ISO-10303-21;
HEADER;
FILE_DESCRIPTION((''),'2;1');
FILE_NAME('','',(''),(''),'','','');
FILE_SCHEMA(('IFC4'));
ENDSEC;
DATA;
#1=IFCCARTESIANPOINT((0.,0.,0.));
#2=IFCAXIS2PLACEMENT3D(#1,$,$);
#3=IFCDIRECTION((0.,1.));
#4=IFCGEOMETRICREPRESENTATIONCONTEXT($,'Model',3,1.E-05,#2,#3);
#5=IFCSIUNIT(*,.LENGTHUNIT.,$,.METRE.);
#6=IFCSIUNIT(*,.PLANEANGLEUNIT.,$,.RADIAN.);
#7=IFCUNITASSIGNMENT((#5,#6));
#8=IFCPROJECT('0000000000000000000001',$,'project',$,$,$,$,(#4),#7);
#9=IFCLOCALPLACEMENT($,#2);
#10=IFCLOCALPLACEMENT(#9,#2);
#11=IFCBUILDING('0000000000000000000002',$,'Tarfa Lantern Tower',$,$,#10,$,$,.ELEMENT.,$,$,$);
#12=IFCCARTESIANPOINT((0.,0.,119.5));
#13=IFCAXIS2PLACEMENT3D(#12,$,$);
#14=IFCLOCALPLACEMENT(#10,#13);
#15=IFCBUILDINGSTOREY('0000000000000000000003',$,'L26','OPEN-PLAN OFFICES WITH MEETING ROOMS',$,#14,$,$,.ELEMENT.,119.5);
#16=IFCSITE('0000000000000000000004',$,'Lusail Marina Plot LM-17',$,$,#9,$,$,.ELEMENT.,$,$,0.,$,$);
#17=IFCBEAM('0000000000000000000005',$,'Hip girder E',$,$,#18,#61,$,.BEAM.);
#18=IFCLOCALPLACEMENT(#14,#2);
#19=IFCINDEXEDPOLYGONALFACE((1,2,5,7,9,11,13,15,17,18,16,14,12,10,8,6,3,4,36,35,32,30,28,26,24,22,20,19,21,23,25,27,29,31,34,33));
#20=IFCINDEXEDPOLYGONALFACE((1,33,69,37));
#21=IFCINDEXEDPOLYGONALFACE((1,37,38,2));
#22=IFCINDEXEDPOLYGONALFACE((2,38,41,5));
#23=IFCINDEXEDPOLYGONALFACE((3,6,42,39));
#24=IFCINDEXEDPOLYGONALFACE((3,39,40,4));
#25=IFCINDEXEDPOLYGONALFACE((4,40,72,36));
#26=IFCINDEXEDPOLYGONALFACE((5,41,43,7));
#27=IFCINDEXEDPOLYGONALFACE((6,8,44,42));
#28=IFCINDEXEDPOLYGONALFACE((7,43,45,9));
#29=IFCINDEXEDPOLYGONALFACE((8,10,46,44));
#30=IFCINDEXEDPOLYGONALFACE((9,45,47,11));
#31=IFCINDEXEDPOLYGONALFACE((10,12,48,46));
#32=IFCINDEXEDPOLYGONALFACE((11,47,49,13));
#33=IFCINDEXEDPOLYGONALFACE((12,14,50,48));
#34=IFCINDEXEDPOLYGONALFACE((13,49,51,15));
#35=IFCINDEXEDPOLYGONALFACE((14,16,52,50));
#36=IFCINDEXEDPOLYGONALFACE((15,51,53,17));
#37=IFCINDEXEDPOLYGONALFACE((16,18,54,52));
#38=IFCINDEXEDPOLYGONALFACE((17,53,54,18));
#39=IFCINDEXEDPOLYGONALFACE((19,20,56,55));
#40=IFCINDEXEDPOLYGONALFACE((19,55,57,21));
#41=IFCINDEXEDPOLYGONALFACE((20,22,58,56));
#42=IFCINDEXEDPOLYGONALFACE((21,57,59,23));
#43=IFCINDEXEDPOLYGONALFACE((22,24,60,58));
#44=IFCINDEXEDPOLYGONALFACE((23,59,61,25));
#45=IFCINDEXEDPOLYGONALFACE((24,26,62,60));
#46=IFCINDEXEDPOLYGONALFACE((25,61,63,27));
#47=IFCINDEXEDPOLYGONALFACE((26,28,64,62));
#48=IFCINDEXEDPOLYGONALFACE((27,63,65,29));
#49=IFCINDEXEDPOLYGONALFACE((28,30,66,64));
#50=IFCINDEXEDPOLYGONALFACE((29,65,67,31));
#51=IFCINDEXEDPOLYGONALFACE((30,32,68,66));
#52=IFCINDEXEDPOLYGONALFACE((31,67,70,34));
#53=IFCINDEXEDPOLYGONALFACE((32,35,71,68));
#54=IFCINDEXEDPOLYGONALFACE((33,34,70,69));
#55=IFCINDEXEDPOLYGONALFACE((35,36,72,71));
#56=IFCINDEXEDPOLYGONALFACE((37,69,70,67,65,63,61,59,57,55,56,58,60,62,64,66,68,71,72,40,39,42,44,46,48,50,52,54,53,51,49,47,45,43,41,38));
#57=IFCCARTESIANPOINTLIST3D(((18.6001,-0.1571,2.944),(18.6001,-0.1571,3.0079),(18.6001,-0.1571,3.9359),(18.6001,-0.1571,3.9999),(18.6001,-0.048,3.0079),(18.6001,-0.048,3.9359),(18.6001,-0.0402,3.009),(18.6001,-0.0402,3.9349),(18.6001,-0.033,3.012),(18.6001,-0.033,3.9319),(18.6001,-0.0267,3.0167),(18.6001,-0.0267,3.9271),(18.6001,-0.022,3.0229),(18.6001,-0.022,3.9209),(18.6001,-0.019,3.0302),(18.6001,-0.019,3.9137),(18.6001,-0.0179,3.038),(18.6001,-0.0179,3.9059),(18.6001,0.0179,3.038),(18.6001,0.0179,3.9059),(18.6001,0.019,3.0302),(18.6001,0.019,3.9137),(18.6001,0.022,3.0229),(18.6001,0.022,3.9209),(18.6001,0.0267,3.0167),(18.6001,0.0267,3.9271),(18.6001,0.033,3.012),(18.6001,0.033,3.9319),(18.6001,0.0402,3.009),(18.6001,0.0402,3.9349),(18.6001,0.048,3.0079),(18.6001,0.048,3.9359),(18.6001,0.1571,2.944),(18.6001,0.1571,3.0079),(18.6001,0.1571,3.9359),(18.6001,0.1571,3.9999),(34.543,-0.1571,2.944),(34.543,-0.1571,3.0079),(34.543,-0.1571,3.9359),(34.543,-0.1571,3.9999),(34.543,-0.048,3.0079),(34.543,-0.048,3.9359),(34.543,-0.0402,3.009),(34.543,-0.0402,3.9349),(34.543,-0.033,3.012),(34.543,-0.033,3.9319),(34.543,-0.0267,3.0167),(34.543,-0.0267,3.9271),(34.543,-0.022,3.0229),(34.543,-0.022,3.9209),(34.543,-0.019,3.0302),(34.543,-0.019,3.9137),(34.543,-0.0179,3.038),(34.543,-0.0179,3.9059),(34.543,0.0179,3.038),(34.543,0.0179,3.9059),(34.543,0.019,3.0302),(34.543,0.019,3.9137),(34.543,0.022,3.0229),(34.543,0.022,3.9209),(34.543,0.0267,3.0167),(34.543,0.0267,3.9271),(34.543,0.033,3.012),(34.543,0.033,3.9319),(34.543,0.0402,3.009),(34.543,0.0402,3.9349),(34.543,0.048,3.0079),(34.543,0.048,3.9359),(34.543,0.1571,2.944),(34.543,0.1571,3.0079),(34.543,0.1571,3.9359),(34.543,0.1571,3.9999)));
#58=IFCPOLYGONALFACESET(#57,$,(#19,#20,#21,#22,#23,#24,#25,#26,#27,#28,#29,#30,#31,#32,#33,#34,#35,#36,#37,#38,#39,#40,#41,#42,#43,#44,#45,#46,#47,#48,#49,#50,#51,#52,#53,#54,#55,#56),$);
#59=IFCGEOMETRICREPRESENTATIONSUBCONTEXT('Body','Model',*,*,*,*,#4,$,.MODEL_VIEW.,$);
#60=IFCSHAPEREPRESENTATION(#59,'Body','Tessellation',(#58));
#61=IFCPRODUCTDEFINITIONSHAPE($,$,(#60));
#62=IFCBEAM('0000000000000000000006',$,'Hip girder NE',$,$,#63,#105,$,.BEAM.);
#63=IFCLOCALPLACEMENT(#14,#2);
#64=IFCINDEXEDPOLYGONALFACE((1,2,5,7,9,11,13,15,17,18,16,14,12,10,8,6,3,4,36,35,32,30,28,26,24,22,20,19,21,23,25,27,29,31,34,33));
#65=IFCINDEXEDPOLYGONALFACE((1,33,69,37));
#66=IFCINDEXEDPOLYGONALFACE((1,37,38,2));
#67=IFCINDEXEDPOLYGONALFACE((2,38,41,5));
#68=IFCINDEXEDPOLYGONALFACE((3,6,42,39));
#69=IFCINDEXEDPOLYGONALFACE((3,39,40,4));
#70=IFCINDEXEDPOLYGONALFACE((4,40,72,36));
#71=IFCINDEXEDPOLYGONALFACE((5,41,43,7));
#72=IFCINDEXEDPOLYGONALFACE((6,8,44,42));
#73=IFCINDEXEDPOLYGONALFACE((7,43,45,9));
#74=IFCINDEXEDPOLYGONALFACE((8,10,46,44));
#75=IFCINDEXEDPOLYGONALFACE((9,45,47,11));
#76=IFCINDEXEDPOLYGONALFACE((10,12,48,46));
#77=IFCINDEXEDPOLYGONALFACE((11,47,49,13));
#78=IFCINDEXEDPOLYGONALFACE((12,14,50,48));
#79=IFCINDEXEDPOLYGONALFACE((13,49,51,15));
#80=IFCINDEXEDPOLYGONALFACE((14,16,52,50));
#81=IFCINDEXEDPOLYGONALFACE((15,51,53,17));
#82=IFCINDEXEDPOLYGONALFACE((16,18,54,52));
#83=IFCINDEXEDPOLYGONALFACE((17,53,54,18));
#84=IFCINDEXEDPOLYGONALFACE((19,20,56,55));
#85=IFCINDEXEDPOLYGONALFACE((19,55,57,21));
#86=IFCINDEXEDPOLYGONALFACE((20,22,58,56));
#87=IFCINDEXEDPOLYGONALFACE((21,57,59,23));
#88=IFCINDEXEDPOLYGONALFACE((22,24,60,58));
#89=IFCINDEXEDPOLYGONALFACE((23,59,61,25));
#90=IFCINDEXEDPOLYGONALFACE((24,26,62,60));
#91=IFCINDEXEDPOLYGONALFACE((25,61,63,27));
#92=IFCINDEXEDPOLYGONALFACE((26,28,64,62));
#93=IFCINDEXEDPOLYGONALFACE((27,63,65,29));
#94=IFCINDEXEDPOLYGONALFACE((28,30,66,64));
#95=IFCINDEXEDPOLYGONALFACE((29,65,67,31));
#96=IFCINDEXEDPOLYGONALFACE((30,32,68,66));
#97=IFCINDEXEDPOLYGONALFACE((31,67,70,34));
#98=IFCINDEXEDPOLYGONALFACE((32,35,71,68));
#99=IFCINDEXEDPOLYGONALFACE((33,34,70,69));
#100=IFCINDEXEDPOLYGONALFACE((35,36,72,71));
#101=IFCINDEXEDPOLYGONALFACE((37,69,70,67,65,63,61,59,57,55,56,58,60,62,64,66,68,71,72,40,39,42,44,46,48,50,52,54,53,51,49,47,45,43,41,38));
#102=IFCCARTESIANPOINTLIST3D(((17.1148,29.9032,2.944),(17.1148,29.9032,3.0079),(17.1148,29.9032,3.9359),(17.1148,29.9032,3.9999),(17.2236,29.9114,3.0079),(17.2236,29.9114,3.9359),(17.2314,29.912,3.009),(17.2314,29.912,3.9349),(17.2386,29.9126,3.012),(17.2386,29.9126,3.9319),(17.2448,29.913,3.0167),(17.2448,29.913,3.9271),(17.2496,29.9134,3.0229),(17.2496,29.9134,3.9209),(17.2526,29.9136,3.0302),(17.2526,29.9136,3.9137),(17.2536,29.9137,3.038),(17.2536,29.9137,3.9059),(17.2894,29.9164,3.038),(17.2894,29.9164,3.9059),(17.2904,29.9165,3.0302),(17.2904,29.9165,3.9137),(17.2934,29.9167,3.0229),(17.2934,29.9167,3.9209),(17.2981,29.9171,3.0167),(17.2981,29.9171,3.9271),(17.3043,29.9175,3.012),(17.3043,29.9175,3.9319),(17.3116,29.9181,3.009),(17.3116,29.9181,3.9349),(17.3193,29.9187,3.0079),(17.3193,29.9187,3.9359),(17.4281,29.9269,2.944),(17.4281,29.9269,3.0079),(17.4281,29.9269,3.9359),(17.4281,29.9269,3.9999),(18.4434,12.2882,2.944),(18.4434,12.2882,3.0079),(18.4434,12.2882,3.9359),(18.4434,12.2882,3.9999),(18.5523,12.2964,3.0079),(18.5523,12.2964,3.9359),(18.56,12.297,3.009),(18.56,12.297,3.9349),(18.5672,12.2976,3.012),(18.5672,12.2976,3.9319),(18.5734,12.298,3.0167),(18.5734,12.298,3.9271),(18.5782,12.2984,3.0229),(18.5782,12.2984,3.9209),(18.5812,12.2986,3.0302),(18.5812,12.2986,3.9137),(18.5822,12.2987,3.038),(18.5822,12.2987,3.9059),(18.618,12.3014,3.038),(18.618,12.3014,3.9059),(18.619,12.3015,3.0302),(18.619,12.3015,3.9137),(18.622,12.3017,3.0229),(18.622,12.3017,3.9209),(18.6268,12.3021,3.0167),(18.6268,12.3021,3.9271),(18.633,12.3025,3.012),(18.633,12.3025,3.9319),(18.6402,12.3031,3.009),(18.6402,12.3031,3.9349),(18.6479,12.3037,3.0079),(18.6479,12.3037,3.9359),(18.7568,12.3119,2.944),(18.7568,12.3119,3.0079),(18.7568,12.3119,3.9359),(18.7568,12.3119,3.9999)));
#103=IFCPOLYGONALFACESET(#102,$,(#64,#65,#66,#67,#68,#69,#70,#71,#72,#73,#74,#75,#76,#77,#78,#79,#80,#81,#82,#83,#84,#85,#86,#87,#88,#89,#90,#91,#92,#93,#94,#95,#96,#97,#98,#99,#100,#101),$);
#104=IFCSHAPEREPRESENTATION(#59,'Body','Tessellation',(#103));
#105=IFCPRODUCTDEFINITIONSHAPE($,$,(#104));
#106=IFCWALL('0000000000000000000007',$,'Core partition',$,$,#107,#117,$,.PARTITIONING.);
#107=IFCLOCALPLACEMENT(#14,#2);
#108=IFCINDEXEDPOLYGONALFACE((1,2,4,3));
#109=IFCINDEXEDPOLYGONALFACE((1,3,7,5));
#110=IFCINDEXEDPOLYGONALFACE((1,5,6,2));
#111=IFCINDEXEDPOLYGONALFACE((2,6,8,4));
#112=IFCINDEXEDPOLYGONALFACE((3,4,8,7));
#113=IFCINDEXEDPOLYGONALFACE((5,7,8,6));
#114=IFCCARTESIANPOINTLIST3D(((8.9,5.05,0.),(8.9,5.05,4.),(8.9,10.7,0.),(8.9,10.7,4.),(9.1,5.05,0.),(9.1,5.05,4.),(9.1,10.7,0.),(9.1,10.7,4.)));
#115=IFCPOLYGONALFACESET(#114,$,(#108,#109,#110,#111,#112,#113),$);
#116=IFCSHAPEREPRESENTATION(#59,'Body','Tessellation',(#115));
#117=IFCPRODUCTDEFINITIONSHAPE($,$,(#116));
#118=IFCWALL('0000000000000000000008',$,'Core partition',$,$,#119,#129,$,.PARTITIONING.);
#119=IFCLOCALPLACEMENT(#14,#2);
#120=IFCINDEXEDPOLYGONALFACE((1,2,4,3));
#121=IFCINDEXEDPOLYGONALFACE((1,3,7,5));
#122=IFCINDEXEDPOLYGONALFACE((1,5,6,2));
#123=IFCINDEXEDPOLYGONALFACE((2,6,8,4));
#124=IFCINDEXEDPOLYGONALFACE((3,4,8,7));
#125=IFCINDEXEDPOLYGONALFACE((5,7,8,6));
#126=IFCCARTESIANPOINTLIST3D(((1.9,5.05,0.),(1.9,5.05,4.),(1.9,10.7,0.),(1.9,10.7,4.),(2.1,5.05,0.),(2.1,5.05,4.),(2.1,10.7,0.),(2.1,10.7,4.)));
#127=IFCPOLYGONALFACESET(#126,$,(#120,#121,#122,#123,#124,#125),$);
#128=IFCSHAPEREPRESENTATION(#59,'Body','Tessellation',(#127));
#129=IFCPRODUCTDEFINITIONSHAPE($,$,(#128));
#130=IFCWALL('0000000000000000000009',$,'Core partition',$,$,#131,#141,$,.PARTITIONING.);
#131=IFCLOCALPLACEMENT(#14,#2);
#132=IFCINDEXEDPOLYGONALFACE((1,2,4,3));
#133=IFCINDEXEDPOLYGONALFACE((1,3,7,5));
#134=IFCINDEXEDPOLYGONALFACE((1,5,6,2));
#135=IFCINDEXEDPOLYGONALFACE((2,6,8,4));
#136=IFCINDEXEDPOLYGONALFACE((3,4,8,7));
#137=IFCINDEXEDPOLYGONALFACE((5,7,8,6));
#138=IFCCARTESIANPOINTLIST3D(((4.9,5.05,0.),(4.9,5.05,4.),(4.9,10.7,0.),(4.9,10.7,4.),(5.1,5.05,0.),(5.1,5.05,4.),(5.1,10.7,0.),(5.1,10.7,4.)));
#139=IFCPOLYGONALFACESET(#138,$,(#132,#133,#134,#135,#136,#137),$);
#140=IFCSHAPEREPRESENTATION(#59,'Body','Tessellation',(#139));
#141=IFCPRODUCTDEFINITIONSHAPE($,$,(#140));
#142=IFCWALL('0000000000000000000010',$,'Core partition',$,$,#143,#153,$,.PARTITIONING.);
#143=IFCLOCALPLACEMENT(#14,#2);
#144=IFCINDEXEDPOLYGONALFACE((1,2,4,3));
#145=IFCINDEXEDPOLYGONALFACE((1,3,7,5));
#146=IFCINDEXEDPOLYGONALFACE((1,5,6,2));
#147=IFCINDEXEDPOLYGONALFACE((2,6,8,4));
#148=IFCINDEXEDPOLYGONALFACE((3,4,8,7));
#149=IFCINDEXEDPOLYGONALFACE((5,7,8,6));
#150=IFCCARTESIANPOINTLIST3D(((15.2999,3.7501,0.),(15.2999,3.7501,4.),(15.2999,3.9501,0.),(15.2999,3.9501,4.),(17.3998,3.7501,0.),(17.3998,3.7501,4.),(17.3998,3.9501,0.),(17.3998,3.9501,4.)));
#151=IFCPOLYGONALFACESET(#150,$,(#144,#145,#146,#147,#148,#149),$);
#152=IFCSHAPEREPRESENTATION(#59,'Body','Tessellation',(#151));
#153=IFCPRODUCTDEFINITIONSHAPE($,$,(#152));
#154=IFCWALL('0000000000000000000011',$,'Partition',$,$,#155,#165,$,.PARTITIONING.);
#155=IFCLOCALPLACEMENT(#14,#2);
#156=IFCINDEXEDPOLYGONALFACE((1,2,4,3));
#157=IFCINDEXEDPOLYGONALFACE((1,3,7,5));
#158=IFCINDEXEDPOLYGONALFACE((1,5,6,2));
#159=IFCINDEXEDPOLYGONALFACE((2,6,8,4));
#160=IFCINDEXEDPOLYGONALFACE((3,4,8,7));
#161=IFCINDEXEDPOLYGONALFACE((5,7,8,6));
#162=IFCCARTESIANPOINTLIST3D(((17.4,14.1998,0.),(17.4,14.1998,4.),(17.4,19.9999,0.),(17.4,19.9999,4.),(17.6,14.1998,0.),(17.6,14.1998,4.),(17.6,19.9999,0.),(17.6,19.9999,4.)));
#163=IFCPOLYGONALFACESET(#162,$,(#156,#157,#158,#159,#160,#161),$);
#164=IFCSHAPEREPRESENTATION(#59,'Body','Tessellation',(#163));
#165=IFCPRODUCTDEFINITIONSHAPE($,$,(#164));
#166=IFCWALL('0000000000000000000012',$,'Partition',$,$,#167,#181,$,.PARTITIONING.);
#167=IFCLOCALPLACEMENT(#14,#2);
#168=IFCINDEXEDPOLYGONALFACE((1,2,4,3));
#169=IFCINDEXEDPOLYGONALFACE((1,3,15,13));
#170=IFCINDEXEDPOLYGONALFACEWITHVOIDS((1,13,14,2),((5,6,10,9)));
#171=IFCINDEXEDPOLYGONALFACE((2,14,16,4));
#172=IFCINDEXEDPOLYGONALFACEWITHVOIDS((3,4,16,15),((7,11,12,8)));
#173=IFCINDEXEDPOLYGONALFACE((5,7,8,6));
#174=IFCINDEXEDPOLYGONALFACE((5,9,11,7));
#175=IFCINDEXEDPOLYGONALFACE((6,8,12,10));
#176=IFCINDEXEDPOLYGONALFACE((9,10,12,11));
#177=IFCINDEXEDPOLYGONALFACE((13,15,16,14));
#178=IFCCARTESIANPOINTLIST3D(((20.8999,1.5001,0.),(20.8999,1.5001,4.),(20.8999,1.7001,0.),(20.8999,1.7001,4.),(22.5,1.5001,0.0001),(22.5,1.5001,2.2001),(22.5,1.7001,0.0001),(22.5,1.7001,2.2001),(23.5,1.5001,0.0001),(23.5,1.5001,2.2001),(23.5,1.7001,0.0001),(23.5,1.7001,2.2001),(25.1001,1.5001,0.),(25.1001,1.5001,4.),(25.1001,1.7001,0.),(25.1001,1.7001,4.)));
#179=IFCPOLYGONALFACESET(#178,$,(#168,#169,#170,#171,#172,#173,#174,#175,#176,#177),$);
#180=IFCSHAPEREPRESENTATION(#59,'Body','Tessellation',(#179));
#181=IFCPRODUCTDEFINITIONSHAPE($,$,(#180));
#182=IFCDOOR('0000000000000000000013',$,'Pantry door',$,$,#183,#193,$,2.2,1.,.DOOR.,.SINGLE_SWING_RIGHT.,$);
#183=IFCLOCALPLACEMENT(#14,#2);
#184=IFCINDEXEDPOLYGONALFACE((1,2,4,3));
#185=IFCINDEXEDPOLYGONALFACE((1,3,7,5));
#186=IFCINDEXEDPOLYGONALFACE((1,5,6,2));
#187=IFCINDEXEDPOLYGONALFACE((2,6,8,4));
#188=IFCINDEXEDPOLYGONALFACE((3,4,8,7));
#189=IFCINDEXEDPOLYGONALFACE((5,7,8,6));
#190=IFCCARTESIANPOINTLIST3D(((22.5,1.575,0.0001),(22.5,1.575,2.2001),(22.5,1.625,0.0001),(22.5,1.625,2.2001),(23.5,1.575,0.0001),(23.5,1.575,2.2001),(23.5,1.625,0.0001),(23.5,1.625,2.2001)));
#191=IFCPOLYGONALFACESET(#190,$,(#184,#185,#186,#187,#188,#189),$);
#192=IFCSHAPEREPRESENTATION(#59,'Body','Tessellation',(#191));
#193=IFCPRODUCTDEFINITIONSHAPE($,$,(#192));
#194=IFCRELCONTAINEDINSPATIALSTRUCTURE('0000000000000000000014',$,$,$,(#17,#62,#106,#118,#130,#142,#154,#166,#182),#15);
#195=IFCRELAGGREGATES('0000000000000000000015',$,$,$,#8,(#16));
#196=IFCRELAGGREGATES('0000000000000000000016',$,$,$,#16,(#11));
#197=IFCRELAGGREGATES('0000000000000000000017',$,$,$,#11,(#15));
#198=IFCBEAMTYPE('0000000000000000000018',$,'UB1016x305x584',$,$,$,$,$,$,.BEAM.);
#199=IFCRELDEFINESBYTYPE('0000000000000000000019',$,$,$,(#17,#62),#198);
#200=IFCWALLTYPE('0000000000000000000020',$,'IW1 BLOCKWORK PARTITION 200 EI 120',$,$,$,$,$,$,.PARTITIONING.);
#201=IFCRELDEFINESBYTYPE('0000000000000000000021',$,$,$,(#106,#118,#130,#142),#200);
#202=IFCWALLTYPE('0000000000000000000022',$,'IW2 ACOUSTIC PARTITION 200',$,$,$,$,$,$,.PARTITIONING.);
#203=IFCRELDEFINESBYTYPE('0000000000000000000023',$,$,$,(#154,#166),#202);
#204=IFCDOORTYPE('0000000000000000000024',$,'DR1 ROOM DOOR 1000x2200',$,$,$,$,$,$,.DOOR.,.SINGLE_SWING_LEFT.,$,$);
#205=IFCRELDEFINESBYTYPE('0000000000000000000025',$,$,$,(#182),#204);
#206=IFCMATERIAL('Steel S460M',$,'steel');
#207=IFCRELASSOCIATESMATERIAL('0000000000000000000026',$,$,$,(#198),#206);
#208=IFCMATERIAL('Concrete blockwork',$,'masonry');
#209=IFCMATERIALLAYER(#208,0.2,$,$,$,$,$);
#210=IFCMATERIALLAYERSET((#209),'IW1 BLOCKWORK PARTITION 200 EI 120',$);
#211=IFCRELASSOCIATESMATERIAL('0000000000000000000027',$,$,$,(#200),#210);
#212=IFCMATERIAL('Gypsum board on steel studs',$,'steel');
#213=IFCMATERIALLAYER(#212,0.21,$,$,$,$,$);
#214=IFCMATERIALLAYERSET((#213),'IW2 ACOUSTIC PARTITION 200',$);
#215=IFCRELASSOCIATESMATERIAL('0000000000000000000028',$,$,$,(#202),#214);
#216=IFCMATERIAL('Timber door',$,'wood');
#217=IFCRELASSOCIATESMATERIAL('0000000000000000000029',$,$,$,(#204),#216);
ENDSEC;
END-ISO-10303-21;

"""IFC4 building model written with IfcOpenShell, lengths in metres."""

from ifc_helpers import new_model, si_unit, direction, frame, frame_2d, origin, origin_2d, place, context, subcontext, project, spatial, rectangle, i_section, extrude, material, layer, layer_set, material_profile, profile_set, type_object, element, fill, save


model = new_model("IFC4")

# Units and contexts
model_context = context("Model", 3, precision=1e-05, world=origin(), true_north=direction((0.0, 1.0)))
body_context = subcontext(model_context, "Body", "Model", "MODEL_VIEW")
ifc_project = project(units=[si_unit("LENGTHUNIT", "METRE"), si_unit("PLANEANGLEUNIT", "RADIAN")], contexts=[model_context])

# Site, building, storey
site_placement = place(None, origin())
site = spatial("IfcSite", under=ifc_project, at=site_placement, Name="Lusail Marina Plot LM-17", CompositionType="ELEMENT", RefElevation=0.0)
building_placement = place(site_placement, origin())
building = spatial("IfcBuilding", under=site, at=building_placement, Name="Tarfa Lantern Tower", CompositionType="ELEMENT")
storey_placement = place(building_placement, frame((0.0, 0.0, 119.5)))
storey = spatial("IfcBuildingStorey", under=building, at=storey_placement, Name="L26", Description="OPEN-PLAN OFFICES WITH MEETING ROOMS", CompositionType="ELEMENT", Elevation=119.5)

# Beams
ifc_material_1 = material(Name="Steel S460M", Category="steel")
ifc_material_profile = material_profile(ifc_material_1, i_section(OverallWidth=0.3142, OverallDepth=1.0559, WebThickness=0.0359, FlangeThickness=0.064, FilletRadius=0.03, at=origin_2d()), Name="UB1016x305x584")
ifc_profile_set = profile_set([ifc_material_profile], Name="Steel S460M")
beam_type = type_object("IfcBeamType", Name="UB1016x305x584", PredefinedType="BEAM", material=ifc_profile_set)
beam_1_placement = place(storey_placement, frame((18.6001, 0.0, 3.4719), z_axis=(1.0, 0.0, 0.0), x_axis=(0.0, 1.0, 0.0)))
element("IfcBeam", 1, at=beam_1_placement, inside=storey, type_object=beam_type, Name="Hip girder E", PredefinedType="BEAM", context=body_context, shape_type="SweptSolid", body=[
    extrude(i_section(OverallWidth=0.3142, OverallDepth=1.0559, WebThickness=0.0359, FlangeThickness=0.064, FilletRadius=0.03, at=origin_2d()), origin(), (0.0, 0.0, 1.0), 15.9429),
])
beam_2_placement = place(storey_placement, frame((18.6001, 12.3, 3.4719), z_axis=(-0.075212, 0.997168, 0.0), x_axis=(-0.997168, -0.075212, 0.0)))
element("IfcBeam", 2, at=beam_2_placement, inside=storey, type_object=beam_type, Name="Hip girder NE", PredefinedType="BEAM", context=body_context, shape_type="SweptSolid", body=[
    extrude(i_section(OverallWidth=0.3142, OverallDepth=1.0559, WebThickness=0.0359, FlangeThickness=0.064, FilletRadius=0.03, at=origin_2d()), origin(), (0.0, 0.0, 1.0), 17.665),
])

# Walls
ifc_material_2 = material(Name="Concrete blockwork", Category="masonry")
ifc_layer_1 = layer(ifc_material_2, 0.2)
ifc_layer_set_1 = layer_set([ifc_layer_1], Name="IW1 BLOCKWORK PARTITION 200 EI 120")
wall_type_1 = type_object("IfcWallType", Name="IW1 BLOCKWORK PARTITION 200 EI 120", PredefinedType="PARTITIONING", material=ifc_layer_set_1)
for number, where, z_axis, x_axis, name in (
    (3, (9.0, 5.05, 0.0), (0.0, 0.0, 1.0), (0.0, 1.0, 0.0), "Core partition"),
    (4, (2.0, 5.05, 0.0), (0.0, 0.0, 1.0), (0.0, 1.0, 0.0), "Core partition"),
    (5, (5.0, 5.05, 0.0), (0.0, 0.0, 1.0), (0.0, 1.0, 0.0), "Core partition"),
):
    element("IfcWall", number, at=place(storey_placement, frame(where, z_axis=z_axis, x_axis=x_axis)), inside=storey, type_object=wall_type_1, Name=name, PredefinedType="PARTITIONING", context=body_context, shape_type="SweptSolid", body=[
        extrude(rectangle(XDim=5.6499, YDim=0.2, at=frame_2d((2.825, 0.0))), origin(), (0.0, 0.0, 1.0), 4.0),
    ])
wall_1_placement = place(storey_placement, frame((15.3, 3.8501, 0.0), z_axis=(0.0, 0.0, 1.0), x_axis=(1.0, 0.0, 0.0)))
element("IfcWall", 6, at=wall_1_placement, inside=storey, type_object=wall_type_1, Name="Core partition", PredefinedType="PARTITIONING", context=body_context, shape_type="SweptSolid", body=[
    extrude(rectangle(XDim=2.0999, YDim=0.2, at=frame_2d((1.0498, 0.0))), origin(), (0.0, 0.0, 1.0), 4.0),
])
ifc_material_3 = material(Name="Gypsum board on steel studs", Category="steel")
ifc_layer_2 = layer(ifc_material_3, 0.21)
ifc_layer_set_2 = layer_set([ifc_layer_2], Name="IW2 ACOUSTIC PARTITION 200")
wall_type_2 = type_object("IfcWallType", Name="IW2 ACOUSTIC PARTITION 200", PredefinedType="PARTITIONING", material=ifc_layer_set_2)
wall_2_placement = place(storey_placement, frame((17.5, 14.2, 0.0), z_axis=(0.0, 0.0, 1.0), x_axis=(0.0, 1.0, 0.0)))
element("IfcWall", 7, at=wall_2_placement, inside=storey, type_object=wall_type_2, Name="Partition", PredefinedType="PARTITIONING", context=body_context, shape_type="SweptSolid", body=[
    extrude(rectangle(XDim=5.8, YDim=0.2, at=frame_2d((2.8999, 0.0))), origin(), (0.0, 0.0, 1.0), 4.0),
])

# Wall, opening, door
wall_3_placement = place(storey_placement, frame((20.8999, 1.6001, 0.0), z_axis=(0.0, 0.0, 1.0), x_axis=(1.0, 0.0, 0.0)))
wall_3 = element("IfcWall", 8, at=wall_3_placement, inside=storey, type_object=wall_type_2, Name="Partition", PredefinedType="PARTITIONING", context=body_context, shape_type="SweptSolid", body=[
    extrude(rectangle(XDim=4.2002, YDim=0.2, at=frame_2d((2.1001, 0.0))), origin(), (0.0, 0.0, 1.0), 4.0),
])
opening_1_placement = place(wall_3_placement, frame((1.6001, 0.0, 0.0)))
opening_1 = element("IfcOpeningElement", 9, at=opening_1_placement, cuts=wall_3, PredefinedType="OPENING", context=body_context, shape_type="SweptSolid", body=[
    extrude(rectangle(XDim=1.0, YDim=2.2, at=frame_2d((0.5, 1.1001))), frame((0.0, 0.1099, 0.0), z_axis=(0.0, -1.0, 0.0), x_axis=(1.0, 0.0, 0.0)), (0.0, 0.0, 1.0), 0.22),
])
ifc_material_4 = material(Name="Timber door", Category="wood")
door_type_1 = type_object("IfcDoorType", Name="DR1 ROOM DOOR 1000x2200", OperationType="SINGLE_SWING_LEFT", PredefinedType="DOOR", material=ifc_material_4)
door_1_placement = place(opening_1_placement, origin())
door_1 = element("IfcDoor", 10, at=door_1_placement, inside=storey, type_object=door_type_1, Name="Pantry door", OperationType="SINGLE_SWING_RIGHT", OverallHeight=2.2, OverallWidth=1.0, PredefinedType="DOOR", context=body_context, shape_type="SweptSolid", body=[
    extrude(rectangle(XDim=1.0, YDim=2.2, at=frame_2d((0.5, 1.1001))), frame((0.0, 0.0249, 0.0), z_axis=(0.0, -1.0, 0.0), x_axis=(1.0, 0.0, 0.0)), (0.0, 0.0, 1.0), 0.05),
])
fill(opening_1, door_1)

save(model, "model.ifc")
